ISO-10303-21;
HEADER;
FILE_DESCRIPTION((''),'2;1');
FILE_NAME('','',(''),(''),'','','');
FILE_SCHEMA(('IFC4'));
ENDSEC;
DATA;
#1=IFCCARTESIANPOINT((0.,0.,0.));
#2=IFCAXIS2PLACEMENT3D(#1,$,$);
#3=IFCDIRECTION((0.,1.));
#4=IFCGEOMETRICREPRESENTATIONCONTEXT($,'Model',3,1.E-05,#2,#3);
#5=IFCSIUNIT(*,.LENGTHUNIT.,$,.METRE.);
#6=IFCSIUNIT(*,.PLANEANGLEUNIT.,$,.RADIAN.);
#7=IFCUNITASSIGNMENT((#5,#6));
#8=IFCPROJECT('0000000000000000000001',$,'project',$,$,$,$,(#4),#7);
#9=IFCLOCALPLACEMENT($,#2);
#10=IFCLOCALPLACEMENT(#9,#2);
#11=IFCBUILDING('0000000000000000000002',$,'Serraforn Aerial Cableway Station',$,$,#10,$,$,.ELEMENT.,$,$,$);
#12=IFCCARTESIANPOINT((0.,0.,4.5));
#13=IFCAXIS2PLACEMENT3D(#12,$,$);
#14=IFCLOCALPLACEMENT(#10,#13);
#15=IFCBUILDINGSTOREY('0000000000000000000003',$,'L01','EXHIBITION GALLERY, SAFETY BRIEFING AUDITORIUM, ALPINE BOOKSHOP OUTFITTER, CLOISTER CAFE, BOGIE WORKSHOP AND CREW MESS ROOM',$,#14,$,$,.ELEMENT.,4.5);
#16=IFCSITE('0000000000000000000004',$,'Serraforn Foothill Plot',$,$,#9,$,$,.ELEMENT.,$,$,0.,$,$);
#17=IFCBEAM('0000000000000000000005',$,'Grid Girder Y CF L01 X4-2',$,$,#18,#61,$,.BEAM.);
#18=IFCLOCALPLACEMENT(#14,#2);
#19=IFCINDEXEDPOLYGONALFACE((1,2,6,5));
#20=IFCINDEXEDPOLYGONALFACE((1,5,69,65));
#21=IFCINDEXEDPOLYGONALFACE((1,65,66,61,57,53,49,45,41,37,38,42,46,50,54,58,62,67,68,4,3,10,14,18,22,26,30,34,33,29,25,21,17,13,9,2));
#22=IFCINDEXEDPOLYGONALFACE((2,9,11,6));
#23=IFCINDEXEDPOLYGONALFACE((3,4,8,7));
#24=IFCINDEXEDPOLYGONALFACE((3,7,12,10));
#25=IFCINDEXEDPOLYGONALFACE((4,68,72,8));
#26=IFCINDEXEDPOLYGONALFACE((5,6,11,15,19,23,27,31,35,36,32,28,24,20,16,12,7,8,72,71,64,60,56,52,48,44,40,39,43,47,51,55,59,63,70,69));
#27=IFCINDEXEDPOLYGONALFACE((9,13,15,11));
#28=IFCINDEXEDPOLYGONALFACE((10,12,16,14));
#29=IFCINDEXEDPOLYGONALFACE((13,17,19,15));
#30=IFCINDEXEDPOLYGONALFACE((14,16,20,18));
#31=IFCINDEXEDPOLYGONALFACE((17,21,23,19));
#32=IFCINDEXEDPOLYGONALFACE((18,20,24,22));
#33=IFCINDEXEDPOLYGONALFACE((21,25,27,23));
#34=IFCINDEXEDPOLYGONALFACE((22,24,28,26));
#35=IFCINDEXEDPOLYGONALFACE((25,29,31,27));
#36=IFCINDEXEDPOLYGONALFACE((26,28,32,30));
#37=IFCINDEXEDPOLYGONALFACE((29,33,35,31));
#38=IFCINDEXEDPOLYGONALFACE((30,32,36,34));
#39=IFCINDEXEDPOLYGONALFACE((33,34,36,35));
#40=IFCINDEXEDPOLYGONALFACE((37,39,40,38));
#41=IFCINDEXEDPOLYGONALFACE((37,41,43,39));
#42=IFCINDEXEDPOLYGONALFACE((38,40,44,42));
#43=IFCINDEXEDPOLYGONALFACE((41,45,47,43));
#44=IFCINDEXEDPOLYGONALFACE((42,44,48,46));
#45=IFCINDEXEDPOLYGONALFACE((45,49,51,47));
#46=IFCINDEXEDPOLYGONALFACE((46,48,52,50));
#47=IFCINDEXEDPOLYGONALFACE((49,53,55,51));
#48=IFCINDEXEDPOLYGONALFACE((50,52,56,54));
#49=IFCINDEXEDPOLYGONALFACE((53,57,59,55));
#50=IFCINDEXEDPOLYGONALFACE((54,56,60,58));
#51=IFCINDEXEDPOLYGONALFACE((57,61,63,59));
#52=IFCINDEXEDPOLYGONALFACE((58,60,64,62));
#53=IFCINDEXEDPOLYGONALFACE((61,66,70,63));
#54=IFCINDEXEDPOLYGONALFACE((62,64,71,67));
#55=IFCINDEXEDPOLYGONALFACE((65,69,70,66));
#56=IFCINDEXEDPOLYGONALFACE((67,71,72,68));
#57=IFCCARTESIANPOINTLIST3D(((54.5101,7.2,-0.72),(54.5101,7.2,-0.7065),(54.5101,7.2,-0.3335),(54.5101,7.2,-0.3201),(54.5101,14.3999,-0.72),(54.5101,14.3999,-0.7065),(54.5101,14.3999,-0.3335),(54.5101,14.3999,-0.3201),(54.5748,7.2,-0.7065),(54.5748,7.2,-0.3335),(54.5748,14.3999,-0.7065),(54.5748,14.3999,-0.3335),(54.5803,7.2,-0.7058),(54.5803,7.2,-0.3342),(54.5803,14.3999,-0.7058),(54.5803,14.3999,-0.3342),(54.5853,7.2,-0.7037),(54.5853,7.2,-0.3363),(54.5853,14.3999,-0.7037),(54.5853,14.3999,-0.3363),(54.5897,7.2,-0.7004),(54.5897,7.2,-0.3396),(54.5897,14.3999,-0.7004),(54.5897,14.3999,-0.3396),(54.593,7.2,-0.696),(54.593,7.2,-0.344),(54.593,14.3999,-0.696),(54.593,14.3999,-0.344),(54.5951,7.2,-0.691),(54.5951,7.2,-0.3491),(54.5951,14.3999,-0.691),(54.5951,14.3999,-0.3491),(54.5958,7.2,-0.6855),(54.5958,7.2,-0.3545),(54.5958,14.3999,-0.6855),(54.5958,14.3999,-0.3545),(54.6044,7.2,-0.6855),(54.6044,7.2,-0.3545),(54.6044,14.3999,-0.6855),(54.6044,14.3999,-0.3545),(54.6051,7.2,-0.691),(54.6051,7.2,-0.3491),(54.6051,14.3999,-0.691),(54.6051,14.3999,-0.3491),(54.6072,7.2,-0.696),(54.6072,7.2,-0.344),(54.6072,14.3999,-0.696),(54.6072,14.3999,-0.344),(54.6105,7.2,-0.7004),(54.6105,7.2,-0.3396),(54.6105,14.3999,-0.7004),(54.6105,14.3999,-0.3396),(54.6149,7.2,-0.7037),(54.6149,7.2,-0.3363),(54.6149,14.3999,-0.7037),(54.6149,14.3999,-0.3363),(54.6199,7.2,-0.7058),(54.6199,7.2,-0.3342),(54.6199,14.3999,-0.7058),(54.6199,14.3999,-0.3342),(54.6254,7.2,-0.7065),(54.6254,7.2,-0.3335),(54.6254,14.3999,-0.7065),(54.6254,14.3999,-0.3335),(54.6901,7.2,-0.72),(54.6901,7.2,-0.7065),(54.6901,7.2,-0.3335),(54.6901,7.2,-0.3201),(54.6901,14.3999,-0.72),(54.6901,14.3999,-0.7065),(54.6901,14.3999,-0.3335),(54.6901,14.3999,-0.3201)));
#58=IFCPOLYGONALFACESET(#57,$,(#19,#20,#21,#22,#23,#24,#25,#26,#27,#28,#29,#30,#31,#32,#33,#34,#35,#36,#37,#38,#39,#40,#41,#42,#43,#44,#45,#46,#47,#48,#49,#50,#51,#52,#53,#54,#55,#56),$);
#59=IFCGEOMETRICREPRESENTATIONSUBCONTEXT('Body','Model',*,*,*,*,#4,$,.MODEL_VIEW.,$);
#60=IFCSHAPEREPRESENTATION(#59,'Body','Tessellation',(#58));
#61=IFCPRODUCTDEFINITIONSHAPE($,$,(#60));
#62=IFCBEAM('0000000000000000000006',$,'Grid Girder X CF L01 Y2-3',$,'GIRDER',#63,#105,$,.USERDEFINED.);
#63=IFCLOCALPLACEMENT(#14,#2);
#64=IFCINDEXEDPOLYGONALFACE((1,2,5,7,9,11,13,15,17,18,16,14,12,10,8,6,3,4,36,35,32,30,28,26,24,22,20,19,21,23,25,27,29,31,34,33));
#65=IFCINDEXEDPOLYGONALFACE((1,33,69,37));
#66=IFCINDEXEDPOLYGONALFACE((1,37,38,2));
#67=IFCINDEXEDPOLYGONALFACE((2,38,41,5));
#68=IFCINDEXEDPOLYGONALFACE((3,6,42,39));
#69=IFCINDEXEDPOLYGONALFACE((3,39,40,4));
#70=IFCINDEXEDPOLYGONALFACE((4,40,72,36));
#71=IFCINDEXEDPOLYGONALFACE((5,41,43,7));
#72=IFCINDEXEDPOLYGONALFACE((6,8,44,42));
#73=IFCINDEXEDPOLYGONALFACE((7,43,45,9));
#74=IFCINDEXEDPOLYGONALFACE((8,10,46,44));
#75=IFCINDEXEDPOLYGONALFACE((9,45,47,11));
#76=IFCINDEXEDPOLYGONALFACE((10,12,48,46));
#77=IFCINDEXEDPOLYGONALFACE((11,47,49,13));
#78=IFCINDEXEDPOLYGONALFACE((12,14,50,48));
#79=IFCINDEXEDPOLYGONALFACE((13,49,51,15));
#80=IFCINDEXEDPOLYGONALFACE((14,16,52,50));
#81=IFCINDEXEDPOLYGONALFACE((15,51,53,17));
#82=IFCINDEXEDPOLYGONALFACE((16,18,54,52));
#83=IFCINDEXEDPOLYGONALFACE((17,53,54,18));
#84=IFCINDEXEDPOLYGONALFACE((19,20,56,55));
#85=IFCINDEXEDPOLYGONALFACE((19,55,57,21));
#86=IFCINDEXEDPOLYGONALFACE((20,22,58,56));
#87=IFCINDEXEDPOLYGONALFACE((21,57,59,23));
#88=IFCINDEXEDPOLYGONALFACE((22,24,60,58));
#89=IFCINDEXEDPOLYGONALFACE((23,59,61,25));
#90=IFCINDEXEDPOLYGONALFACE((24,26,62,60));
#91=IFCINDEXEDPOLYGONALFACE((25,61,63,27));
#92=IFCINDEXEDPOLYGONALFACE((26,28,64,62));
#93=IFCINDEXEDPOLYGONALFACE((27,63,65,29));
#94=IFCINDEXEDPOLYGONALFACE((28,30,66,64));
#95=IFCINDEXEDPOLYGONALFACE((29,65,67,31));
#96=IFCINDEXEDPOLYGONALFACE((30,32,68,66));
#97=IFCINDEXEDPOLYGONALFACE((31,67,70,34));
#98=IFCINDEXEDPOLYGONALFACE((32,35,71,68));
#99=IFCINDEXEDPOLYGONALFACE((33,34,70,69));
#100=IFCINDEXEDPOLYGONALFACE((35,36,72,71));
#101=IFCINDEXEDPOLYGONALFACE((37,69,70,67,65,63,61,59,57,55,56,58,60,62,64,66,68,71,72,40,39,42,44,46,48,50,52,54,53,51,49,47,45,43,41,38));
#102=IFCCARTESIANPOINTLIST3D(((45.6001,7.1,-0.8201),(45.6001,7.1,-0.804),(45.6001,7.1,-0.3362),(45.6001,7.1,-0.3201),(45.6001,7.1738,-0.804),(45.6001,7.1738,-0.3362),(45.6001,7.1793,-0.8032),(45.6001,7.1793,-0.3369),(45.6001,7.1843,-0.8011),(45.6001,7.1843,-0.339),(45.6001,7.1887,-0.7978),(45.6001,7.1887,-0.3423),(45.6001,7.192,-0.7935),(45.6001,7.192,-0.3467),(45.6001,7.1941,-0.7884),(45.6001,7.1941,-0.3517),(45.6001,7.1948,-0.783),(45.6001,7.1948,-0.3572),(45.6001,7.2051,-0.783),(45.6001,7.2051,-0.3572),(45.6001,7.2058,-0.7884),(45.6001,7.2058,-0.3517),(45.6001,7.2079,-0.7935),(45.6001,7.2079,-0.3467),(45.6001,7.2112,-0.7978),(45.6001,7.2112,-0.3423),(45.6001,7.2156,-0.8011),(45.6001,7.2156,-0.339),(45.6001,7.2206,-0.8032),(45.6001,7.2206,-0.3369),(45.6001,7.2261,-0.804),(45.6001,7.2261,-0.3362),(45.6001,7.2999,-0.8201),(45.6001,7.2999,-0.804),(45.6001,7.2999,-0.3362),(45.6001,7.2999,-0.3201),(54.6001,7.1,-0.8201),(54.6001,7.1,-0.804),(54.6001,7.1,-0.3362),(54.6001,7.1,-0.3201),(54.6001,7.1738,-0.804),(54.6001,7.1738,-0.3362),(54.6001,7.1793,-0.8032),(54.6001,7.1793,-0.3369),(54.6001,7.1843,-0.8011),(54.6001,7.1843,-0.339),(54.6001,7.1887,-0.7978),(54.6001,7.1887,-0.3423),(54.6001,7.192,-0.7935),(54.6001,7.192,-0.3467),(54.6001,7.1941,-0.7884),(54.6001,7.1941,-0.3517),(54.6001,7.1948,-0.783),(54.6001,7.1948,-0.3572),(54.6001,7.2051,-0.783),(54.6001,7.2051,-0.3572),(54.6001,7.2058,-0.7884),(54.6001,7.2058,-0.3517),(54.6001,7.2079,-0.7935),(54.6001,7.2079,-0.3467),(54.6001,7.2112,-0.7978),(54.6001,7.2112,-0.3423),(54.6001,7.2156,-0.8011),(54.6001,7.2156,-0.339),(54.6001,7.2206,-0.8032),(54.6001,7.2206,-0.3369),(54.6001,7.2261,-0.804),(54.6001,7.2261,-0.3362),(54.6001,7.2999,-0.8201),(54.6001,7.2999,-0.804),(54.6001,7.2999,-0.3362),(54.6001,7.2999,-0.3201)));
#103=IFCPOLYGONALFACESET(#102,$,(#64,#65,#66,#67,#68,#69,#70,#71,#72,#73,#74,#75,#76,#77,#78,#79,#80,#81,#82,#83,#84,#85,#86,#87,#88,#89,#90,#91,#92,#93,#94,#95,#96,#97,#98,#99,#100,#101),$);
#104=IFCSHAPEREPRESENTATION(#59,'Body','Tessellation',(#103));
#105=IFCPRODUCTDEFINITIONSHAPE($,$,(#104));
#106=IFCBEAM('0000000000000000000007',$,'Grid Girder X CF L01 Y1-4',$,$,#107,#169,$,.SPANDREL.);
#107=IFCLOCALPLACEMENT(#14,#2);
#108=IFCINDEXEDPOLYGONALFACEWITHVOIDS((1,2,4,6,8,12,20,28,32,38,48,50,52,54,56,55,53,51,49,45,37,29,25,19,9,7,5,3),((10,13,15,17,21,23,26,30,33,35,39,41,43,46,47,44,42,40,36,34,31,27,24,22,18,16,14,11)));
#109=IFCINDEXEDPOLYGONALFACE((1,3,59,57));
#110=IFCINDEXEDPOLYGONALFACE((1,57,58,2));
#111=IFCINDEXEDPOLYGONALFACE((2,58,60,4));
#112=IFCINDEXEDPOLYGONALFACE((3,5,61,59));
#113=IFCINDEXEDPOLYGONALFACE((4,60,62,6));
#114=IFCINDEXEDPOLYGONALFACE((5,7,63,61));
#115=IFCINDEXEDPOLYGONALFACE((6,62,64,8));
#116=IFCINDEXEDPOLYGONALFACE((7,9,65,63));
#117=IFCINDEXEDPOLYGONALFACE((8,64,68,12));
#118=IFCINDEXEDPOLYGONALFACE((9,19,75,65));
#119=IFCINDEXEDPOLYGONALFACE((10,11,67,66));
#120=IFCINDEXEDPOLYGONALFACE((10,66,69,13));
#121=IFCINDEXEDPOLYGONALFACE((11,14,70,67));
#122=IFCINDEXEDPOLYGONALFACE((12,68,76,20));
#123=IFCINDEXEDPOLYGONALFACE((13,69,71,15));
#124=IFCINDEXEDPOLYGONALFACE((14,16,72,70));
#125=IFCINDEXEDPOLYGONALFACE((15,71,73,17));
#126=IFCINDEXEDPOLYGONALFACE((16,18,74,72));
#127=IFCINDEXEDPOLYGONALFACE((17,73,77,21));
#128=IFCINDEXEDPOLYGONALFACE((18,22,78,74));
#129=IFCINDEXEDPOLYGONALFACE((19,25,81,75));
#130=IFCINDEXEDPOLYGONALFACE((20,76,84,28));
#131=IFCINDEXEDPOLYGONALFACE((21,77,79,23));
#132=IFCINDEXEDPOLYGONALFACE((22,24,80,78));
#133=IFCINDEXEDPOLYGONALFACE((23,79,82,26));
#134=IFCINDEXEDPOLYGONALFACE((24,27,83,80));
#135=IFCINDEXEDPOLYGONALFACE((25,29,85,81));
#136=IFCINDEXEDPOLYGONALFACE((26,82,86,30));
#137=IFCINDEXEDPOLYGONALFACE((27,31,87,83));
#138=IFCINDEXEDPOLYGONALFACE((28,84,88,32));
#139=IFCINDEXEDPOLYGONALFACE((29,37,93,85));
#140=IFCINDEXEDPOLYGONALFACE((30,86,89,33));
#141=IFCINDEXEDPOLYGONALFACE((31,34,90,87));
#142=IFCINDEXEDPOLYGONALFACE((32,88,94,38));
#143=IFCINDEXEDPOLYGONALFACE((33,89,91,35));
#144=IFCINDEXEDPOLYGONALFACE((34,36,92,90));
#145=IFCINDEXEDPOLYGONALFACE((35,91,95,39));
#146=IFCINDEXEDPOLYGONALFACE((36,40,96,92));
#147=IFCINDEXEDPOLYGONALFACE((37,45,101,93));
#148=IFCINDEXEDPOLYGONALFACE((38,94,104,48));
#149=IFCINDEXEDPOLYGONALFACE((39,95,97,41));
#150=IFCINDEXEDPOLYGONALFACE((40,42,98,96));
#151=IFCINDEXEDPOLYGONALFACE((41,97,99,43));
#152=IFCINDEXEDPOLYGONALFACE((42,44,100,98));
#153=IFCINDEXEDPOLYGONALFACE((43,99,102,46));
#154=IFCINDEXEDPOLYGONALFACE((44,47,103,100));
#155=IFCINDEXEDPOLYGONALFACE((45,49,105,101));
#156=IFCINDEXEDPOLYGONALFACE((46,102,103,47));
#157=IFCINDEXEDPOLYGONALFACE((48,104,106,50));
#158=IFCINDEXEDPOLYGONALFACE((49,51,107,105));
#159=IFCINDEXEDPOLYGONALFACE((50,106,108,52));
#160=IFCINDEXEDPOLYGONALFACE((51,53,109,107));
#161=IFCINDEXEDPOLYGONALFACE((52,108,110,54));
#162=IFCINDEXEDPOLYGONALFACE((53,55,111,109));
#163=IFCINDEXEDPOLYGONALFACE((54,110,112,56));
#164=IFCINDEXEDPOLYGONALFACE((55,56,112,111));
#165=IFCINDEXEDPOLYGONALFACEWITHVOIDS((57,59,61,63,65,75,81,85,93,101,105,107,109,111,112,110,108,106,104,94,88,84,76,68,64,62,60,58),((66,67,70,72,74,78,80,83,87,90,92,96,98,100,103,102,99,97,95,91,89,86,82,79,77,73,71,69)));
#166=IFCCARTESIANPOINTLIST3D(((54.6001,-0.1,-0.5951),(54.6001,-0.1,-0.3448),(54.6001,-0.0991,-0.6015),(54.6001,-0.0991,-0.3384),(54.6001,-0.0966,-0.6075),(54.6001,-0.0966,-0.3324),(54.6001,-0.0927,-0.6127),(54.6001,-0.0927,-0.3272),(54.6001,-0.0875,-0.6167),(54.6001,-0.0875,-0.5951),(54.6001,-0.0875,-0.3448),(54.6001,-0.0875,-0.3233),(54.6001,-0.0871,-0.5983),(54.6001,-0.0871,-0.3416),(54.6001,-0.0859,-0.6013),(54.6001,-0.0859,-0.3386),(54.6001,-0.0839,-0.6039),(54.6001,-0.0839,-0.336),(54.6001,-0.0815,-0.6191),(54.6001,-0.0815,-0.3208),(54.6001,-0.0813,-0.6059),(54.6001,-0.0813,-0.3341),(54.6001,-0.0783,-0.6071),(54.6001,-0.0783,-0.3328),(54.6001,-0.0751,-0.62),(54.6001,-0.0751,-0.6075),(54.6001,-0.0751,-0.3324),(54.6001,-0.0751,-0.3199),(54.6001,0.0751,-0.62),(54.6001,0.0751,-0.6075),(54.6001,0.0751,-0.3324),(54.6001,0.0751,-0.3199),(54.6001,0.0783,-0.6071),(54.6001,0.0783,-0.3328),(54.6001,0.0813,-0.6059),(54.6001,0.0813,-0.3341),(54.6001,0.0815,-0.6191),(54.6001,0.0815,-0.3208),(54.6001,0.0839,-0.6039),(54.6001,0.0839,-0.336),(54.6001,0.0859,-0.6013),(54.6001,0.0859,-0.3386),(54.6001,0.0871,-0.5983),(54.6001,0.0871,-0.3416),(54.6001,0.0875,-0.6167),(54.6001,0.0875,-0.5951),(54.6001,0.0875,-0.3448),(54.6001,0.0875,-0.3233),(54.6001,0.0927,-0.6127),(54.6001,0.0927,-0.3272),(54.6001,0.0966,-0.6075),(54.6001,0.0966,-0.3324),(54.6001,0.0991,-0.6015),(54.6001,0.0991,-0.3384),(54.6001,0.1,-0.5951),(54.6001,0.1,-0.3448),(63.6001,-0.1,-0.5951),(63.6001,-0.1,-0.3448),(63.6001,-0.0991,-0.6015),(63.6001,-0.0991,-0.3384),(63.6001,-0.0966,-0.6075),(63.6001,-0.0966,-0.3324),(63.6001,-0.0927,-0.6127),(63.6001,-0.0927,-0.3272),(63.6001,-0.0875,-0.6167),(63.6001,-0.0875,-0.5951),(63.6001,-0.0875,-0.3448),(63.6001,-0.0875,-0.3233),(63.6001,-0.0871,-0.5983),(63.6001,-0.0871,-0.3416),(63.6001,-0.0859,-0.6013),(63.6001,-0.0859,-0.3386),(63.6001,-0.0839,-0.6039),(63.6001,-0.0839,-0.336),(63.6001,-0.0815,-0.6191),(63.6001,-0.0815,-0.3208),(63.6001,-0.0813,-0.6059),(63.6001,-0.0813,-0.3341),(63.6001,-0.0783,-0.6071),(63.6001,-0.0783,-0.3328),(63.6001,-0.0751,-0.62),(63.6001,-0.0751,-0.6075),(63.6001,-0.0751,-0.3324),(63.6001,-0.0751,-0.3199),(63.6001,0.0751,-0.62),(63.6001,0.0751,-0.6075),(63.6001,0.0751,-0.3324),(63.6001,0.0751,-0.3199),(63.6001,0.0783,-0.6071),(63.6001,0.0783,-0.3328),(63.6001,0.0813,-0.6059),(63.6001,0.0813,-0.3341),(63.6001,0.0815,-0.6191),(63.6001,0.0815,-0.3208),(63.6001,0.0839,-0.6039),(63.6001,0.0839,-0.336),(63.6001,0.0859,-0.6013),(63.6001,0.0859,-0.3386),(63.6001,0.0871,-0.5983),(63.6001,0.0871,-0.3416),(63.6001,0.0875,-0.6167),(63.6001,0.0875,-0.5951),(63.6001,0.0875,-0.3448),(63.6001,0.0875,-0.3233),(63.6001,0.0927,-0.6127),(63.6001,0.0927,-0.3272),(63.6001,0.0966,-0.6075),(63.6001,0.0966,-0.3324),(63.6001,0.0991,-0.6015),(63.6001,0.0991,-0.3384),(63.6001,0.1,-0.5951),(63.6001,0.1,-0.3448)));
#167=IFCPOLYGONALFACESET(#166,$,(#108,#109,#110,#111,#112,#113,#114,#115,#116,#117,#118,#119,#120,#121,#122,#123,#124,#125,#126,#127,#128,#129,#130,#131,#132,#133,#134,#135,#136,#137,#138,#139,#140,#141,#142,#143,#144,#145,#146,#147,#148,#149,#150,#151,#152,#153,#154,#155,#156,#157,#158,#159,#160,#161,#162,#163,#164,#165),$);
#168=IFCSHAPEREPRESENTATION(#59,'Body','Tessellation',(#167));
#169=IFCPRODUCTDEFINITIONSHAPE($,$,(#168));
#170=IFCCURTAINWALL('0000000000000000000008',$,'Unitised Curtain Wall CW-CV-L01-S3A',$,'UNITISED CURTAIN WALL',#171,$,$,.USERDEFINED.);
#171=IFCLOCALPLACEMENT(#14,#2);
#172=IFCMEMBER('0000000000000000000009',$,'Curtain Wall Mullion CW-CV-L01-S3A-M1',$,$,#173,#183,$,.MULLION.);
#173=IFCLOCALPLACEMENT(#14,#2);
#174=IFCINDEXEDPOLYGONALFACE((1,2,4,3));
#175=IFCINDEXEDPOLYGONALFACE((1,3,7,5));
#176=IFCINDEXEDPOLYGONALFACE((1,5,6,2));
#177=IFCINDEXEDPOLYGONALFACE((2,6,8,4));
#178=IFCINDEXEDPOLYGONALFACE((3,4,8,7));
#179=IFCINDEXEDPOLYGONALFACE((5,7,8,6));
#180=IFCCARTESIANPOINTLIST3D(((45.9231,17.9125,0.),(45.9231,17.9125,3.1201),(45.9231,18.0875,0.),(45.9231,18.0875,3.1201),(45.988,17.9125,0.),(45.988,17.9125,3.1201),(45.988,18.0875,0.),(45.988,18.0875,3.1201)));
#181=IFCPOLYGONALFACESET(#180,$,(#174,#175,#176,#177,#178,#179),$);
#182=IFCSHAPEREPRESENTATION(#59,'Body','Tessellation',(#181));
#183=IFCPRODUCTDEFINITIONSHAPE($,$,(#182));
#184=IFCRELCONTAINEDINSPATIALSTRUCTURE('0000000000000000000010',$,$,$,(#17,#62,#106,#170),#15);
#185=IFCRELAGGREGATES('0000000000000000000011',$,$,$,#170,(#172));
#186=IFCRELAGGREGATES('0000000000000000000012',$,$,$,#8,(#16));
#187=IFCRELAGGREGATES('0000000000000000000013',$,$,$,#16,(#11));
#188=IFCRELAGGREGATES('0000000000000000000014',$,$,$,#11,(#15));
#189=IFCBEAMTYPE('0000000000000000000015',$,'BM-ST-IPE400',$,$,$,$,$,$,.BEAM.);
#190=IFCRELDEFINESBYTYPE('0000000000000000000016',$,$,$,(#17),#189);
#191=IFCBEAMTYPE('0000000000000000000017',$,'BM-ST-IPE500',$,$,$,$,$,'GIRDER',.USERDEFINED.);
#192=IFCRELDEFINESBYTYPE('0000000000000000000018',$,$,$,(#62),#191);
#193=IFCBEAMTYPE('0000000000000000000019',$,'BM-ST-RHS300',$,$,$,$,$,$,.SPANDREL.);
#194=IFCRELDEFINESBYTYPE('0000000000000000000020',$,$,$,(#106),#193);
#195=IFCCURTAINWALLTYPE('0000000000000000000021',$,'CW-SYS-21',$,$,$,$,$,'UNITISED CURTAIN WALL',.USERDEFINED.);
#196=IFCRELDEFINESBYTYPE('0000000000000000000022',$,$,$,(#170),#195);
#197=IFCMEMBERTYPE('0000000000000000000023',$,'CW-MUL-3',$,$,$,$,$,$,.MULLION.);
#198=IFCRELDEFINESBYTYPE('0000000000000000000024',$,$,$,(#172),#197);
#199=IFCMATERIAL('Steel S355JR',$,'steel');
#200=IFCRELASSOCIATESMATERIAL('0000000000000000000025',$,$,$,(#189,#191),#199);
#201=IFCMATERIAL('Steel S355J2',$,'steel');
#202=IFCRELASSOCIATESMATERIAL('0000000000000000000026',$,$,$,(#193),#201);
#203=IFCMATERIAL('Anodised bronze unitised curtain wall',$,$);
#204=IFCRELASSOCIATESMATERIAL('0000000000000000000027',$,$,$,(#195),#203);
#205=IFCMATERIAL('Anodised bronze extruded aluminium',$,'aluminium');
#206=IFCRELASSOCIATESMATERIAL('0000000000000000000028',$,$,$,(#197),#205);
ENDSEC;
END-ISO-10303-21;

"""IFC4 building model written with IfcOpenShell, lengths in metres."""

from ifc_helpers import new_model, si_unit, direction, frame, origin, origin_2d, place, context, subcontext, project, spatial, rectangle, hollow_rectangle, i_section, extrude, material, material_profile, profile_set, type_object, element, aggregate, save


model = new_model("IFC4")

# Units and contexts
model_context = context("Model", 3, precision=1e-05, world=origin(), true_north=direction((0.0, 1.0)))
body_context = subcontext(model_context, "Body", "Model", "MODEL_VIEW")
ifc_project = project(units=[si_unit("LENGTHUNIT", "METRE"), si_unit("PLANEANGLEUNIT", "RADIAN")], contexts=[model_context])

# Site, building, storey
site_placement = place(None, origin())
site = spatial("IfcSite", under=ifc_project, at=site_placement, Name="Serraforn Foothill Plot", CompositionType="ELEMENT", RefElevation=0.0)
building_placement = place(site_placement, origin())
building = spatial("IfcBuilding", under=site, at=building_placement, Name="Serraforn Aerial Cableway Station", CompositionType="ELEMENT")
storey_placement = place(building_placement, frame((0.0, 0.0, 4.5)))
storey = spatial("IfcBuildingStorey", under=building, at=storey_placement, Name="L01", Description="EXHIBITION GALLERY, SAFETY BRIEFING AUDITORIUM, ALPINE BOOKSHOP OUTFITTER, CLOISTER CAFE, BOGIE WORKSHOP AND CREW MESS ROOM", CompositionType="ELEMENT", Elevation=4.5)

# Beams
ifc_material_1 = material(Name="Steel S355JR", Category="steel")
ifc_material_2 = material(Name="Steel S355J2", Category="steel")
ifc_material_profile_1 = material_profile(ifc_material_1, i_section(OverallWidth=0.1799, OverallDepth=0.3999, WebThickness=0.0085, FlangeThickness=0.0134, FilletRadius=0.021, at=origin_2d()), Name="IPE 400")
ifc_profile_set_1 = profile_set([ifc_material_profile_1], Name="Steel S355JR")
beam_type_1 = type_object("IfcBeamType", Name="BM-ST-IPE400", PredefinedType="BEAM", material=ifc_profile_set_1)
for number, where, z_axis, x_axis, name in (
    (1, (54.6001, 7.2, -0.52), (0.0, 1.0, 0.0), (-1.0, 0.0, 0.0), "Grid Girder Y CF L01 X4-2"),
):
    element("IfcBeam", number, at=place(storey_placement, frame(where, z_axis=z_axis, x_axis=x_axis)), inside=storey, type_object=beam_type_1, Name=name, PredefinedType="BEAM", context=body_context, shape_type="SweptSolid", body=[
        extrude(i_section(OverallWidth=0.1799, OverallDepth=0.3999, WebThickness=0.0085, FlangeThickness=0.0134, FilletRadius=0.021, at=origin_2d()), origin(), (0.0, 0.0, 1.0), 7.2),
    ])
ifc_material_profile_2 = material_profile(ifc_material_1, i_section(OverallWidth=0.2, OverallDepth=0.5, WebThickness=0.0103, FlangeThickness=0.0161, FilletRadius=0.021, at=origin_2d()), Name="IPE 500")
ifc_profile_set_2 = profile_set([ifc_material_profile_2], Name="Steel S355JR")
beam_type_2 = type_object("IfcBeamType", Name="BM-ST-IPE500", ElementType="GIRDER", PredefinedType="USERDEFINED", material=ifc_profile_set_2)
beam_1_placement = place(storey_placement, frame((45.6001, 7.2, -0.5701), z_axis=(1.0, 0.0, 0.0), x_axis=(0.0, 1.0, 0.0)))
element("IfcBeam", 2, at=beam_1_placement, inside=storey, type_object=beam_type_2, Name="Grid Girder X CF L01 Y2-3", ObjectType="GIRDER", PredefinedType="USERDEFINED", context=body_context, shape_type="SweptSolid", body=[
    extrude(i_section(OverallWidth=0.2, OverallDepth=0.5, WebThickness=0.0103, FlangeThickness=0.0161, FilletRadius=0.021, at=origin_2d()), origin(), (0.0, 0.0, 1.0), 9.0),
])
ifc_material_profile_3 = material_profile(ifc_material_2, hollow_rectangle(XDim=0.2, YDim=0.3, WallThickness=0.0125, InnerFilletRadius=0.0125, OuterFilletRadius=0.0249, at=origin_2d()), Name="RHS 300x200x12.5")
ifc_profile_set_3 = profile_set([ifc_material_profile_3], Name="Steel S355J2")
beam_type_3 = type_object("IfcBeamType", Name="BM-ST-RHS300", PredefinedType="SPANDREL", material=ifc_profile_set_3)
beam_2_placement = place(storey_placement, frame((54.6001, 0.0, -0.47), z_axis=(1.0, 0.0, 0.0), x_axis=(0.0, 1.0, 0.0)))
element("IfcBeam", 3, at=beam_2_placement, inside=storey, type_object=beam_type_3, Name="Grid Girder X CF L01 Y1-4", PredefinedType="SPANDREL", context=body_context, shape_type="SweptSolid", body=[
    extrude(hollow_rectangle(XDim=0.2, YDim=0.3, WallThickness=0.0125, InnerFilletRadius=0.0125, OuterFilletRadius=0.0249, at=origin_2d()), origin(), (0.0, 0.0, 1.0), 9.0),
])

# Curtain wall, member
ifc_material_3 = material(Name="Anodised bronze unitised curtain wall")
curtain_wall_type = type_object("IfcCurtainWallType", Name="CW-SYS-21", ElementType="UNITISED CURTAIN WALL", PredefinedType="USERDEFINED", material=ifc_material_3)
curtain_wall_placement = place(storey_placement, origin())
curtain_wall = element("IfcCurtainWall", 4, at=curtain_wall_placement, inside=storey, type_object=curtain_wall_type, Name="Unitised Curtain Wall CW-CV-L01-S3A", ObjectType="UNITISED CURTAIN WALL", PredefinedType="USERDEFINED")
ifc_material_4 = material(Name="Anodised bronze extruded aluminium", Category="aluminium")
ifc_material_profile_4 = material_profile(ifc_material_4, rectangle(XDim=0.0649, YDim=0.175, at=origin_2d()), Name="CW MULLION 65x175")
ifc_profile_set_4 = profile_set([ifc_material_profile_4], Name="Anodised bronze extruded aluminium")
member_type_1 = type_object("IfcMemberType", Name="CW-MUL-3", PredefinedType="MULLION", material=ifc_profile_set_4)
member_1_placement = place(storey_placement, frame((45.9556, 18.0, 0.0), z_axis=(0.0, 0.0, 1.0), x_axis=(1.0, 0.0, 0.0)))
member_1 = element("IfcMember", 5, at=member_1_placement, type_object=member_type_1, Name="Curtain Wall Mullion CW-CV-L01-S3A-M1", PredefinedType="MULLION", context=body_context, shape_type="SweptSolid", body=[
    extrude(rectangle(XDim=0.0649, YDim=0.175, at=origin_2d()), origin(), (0.0, 0.0, 1.0), 3.1201),
])
aggregate(curtain_wall, [member_1])

save(model, "model.ifc")
